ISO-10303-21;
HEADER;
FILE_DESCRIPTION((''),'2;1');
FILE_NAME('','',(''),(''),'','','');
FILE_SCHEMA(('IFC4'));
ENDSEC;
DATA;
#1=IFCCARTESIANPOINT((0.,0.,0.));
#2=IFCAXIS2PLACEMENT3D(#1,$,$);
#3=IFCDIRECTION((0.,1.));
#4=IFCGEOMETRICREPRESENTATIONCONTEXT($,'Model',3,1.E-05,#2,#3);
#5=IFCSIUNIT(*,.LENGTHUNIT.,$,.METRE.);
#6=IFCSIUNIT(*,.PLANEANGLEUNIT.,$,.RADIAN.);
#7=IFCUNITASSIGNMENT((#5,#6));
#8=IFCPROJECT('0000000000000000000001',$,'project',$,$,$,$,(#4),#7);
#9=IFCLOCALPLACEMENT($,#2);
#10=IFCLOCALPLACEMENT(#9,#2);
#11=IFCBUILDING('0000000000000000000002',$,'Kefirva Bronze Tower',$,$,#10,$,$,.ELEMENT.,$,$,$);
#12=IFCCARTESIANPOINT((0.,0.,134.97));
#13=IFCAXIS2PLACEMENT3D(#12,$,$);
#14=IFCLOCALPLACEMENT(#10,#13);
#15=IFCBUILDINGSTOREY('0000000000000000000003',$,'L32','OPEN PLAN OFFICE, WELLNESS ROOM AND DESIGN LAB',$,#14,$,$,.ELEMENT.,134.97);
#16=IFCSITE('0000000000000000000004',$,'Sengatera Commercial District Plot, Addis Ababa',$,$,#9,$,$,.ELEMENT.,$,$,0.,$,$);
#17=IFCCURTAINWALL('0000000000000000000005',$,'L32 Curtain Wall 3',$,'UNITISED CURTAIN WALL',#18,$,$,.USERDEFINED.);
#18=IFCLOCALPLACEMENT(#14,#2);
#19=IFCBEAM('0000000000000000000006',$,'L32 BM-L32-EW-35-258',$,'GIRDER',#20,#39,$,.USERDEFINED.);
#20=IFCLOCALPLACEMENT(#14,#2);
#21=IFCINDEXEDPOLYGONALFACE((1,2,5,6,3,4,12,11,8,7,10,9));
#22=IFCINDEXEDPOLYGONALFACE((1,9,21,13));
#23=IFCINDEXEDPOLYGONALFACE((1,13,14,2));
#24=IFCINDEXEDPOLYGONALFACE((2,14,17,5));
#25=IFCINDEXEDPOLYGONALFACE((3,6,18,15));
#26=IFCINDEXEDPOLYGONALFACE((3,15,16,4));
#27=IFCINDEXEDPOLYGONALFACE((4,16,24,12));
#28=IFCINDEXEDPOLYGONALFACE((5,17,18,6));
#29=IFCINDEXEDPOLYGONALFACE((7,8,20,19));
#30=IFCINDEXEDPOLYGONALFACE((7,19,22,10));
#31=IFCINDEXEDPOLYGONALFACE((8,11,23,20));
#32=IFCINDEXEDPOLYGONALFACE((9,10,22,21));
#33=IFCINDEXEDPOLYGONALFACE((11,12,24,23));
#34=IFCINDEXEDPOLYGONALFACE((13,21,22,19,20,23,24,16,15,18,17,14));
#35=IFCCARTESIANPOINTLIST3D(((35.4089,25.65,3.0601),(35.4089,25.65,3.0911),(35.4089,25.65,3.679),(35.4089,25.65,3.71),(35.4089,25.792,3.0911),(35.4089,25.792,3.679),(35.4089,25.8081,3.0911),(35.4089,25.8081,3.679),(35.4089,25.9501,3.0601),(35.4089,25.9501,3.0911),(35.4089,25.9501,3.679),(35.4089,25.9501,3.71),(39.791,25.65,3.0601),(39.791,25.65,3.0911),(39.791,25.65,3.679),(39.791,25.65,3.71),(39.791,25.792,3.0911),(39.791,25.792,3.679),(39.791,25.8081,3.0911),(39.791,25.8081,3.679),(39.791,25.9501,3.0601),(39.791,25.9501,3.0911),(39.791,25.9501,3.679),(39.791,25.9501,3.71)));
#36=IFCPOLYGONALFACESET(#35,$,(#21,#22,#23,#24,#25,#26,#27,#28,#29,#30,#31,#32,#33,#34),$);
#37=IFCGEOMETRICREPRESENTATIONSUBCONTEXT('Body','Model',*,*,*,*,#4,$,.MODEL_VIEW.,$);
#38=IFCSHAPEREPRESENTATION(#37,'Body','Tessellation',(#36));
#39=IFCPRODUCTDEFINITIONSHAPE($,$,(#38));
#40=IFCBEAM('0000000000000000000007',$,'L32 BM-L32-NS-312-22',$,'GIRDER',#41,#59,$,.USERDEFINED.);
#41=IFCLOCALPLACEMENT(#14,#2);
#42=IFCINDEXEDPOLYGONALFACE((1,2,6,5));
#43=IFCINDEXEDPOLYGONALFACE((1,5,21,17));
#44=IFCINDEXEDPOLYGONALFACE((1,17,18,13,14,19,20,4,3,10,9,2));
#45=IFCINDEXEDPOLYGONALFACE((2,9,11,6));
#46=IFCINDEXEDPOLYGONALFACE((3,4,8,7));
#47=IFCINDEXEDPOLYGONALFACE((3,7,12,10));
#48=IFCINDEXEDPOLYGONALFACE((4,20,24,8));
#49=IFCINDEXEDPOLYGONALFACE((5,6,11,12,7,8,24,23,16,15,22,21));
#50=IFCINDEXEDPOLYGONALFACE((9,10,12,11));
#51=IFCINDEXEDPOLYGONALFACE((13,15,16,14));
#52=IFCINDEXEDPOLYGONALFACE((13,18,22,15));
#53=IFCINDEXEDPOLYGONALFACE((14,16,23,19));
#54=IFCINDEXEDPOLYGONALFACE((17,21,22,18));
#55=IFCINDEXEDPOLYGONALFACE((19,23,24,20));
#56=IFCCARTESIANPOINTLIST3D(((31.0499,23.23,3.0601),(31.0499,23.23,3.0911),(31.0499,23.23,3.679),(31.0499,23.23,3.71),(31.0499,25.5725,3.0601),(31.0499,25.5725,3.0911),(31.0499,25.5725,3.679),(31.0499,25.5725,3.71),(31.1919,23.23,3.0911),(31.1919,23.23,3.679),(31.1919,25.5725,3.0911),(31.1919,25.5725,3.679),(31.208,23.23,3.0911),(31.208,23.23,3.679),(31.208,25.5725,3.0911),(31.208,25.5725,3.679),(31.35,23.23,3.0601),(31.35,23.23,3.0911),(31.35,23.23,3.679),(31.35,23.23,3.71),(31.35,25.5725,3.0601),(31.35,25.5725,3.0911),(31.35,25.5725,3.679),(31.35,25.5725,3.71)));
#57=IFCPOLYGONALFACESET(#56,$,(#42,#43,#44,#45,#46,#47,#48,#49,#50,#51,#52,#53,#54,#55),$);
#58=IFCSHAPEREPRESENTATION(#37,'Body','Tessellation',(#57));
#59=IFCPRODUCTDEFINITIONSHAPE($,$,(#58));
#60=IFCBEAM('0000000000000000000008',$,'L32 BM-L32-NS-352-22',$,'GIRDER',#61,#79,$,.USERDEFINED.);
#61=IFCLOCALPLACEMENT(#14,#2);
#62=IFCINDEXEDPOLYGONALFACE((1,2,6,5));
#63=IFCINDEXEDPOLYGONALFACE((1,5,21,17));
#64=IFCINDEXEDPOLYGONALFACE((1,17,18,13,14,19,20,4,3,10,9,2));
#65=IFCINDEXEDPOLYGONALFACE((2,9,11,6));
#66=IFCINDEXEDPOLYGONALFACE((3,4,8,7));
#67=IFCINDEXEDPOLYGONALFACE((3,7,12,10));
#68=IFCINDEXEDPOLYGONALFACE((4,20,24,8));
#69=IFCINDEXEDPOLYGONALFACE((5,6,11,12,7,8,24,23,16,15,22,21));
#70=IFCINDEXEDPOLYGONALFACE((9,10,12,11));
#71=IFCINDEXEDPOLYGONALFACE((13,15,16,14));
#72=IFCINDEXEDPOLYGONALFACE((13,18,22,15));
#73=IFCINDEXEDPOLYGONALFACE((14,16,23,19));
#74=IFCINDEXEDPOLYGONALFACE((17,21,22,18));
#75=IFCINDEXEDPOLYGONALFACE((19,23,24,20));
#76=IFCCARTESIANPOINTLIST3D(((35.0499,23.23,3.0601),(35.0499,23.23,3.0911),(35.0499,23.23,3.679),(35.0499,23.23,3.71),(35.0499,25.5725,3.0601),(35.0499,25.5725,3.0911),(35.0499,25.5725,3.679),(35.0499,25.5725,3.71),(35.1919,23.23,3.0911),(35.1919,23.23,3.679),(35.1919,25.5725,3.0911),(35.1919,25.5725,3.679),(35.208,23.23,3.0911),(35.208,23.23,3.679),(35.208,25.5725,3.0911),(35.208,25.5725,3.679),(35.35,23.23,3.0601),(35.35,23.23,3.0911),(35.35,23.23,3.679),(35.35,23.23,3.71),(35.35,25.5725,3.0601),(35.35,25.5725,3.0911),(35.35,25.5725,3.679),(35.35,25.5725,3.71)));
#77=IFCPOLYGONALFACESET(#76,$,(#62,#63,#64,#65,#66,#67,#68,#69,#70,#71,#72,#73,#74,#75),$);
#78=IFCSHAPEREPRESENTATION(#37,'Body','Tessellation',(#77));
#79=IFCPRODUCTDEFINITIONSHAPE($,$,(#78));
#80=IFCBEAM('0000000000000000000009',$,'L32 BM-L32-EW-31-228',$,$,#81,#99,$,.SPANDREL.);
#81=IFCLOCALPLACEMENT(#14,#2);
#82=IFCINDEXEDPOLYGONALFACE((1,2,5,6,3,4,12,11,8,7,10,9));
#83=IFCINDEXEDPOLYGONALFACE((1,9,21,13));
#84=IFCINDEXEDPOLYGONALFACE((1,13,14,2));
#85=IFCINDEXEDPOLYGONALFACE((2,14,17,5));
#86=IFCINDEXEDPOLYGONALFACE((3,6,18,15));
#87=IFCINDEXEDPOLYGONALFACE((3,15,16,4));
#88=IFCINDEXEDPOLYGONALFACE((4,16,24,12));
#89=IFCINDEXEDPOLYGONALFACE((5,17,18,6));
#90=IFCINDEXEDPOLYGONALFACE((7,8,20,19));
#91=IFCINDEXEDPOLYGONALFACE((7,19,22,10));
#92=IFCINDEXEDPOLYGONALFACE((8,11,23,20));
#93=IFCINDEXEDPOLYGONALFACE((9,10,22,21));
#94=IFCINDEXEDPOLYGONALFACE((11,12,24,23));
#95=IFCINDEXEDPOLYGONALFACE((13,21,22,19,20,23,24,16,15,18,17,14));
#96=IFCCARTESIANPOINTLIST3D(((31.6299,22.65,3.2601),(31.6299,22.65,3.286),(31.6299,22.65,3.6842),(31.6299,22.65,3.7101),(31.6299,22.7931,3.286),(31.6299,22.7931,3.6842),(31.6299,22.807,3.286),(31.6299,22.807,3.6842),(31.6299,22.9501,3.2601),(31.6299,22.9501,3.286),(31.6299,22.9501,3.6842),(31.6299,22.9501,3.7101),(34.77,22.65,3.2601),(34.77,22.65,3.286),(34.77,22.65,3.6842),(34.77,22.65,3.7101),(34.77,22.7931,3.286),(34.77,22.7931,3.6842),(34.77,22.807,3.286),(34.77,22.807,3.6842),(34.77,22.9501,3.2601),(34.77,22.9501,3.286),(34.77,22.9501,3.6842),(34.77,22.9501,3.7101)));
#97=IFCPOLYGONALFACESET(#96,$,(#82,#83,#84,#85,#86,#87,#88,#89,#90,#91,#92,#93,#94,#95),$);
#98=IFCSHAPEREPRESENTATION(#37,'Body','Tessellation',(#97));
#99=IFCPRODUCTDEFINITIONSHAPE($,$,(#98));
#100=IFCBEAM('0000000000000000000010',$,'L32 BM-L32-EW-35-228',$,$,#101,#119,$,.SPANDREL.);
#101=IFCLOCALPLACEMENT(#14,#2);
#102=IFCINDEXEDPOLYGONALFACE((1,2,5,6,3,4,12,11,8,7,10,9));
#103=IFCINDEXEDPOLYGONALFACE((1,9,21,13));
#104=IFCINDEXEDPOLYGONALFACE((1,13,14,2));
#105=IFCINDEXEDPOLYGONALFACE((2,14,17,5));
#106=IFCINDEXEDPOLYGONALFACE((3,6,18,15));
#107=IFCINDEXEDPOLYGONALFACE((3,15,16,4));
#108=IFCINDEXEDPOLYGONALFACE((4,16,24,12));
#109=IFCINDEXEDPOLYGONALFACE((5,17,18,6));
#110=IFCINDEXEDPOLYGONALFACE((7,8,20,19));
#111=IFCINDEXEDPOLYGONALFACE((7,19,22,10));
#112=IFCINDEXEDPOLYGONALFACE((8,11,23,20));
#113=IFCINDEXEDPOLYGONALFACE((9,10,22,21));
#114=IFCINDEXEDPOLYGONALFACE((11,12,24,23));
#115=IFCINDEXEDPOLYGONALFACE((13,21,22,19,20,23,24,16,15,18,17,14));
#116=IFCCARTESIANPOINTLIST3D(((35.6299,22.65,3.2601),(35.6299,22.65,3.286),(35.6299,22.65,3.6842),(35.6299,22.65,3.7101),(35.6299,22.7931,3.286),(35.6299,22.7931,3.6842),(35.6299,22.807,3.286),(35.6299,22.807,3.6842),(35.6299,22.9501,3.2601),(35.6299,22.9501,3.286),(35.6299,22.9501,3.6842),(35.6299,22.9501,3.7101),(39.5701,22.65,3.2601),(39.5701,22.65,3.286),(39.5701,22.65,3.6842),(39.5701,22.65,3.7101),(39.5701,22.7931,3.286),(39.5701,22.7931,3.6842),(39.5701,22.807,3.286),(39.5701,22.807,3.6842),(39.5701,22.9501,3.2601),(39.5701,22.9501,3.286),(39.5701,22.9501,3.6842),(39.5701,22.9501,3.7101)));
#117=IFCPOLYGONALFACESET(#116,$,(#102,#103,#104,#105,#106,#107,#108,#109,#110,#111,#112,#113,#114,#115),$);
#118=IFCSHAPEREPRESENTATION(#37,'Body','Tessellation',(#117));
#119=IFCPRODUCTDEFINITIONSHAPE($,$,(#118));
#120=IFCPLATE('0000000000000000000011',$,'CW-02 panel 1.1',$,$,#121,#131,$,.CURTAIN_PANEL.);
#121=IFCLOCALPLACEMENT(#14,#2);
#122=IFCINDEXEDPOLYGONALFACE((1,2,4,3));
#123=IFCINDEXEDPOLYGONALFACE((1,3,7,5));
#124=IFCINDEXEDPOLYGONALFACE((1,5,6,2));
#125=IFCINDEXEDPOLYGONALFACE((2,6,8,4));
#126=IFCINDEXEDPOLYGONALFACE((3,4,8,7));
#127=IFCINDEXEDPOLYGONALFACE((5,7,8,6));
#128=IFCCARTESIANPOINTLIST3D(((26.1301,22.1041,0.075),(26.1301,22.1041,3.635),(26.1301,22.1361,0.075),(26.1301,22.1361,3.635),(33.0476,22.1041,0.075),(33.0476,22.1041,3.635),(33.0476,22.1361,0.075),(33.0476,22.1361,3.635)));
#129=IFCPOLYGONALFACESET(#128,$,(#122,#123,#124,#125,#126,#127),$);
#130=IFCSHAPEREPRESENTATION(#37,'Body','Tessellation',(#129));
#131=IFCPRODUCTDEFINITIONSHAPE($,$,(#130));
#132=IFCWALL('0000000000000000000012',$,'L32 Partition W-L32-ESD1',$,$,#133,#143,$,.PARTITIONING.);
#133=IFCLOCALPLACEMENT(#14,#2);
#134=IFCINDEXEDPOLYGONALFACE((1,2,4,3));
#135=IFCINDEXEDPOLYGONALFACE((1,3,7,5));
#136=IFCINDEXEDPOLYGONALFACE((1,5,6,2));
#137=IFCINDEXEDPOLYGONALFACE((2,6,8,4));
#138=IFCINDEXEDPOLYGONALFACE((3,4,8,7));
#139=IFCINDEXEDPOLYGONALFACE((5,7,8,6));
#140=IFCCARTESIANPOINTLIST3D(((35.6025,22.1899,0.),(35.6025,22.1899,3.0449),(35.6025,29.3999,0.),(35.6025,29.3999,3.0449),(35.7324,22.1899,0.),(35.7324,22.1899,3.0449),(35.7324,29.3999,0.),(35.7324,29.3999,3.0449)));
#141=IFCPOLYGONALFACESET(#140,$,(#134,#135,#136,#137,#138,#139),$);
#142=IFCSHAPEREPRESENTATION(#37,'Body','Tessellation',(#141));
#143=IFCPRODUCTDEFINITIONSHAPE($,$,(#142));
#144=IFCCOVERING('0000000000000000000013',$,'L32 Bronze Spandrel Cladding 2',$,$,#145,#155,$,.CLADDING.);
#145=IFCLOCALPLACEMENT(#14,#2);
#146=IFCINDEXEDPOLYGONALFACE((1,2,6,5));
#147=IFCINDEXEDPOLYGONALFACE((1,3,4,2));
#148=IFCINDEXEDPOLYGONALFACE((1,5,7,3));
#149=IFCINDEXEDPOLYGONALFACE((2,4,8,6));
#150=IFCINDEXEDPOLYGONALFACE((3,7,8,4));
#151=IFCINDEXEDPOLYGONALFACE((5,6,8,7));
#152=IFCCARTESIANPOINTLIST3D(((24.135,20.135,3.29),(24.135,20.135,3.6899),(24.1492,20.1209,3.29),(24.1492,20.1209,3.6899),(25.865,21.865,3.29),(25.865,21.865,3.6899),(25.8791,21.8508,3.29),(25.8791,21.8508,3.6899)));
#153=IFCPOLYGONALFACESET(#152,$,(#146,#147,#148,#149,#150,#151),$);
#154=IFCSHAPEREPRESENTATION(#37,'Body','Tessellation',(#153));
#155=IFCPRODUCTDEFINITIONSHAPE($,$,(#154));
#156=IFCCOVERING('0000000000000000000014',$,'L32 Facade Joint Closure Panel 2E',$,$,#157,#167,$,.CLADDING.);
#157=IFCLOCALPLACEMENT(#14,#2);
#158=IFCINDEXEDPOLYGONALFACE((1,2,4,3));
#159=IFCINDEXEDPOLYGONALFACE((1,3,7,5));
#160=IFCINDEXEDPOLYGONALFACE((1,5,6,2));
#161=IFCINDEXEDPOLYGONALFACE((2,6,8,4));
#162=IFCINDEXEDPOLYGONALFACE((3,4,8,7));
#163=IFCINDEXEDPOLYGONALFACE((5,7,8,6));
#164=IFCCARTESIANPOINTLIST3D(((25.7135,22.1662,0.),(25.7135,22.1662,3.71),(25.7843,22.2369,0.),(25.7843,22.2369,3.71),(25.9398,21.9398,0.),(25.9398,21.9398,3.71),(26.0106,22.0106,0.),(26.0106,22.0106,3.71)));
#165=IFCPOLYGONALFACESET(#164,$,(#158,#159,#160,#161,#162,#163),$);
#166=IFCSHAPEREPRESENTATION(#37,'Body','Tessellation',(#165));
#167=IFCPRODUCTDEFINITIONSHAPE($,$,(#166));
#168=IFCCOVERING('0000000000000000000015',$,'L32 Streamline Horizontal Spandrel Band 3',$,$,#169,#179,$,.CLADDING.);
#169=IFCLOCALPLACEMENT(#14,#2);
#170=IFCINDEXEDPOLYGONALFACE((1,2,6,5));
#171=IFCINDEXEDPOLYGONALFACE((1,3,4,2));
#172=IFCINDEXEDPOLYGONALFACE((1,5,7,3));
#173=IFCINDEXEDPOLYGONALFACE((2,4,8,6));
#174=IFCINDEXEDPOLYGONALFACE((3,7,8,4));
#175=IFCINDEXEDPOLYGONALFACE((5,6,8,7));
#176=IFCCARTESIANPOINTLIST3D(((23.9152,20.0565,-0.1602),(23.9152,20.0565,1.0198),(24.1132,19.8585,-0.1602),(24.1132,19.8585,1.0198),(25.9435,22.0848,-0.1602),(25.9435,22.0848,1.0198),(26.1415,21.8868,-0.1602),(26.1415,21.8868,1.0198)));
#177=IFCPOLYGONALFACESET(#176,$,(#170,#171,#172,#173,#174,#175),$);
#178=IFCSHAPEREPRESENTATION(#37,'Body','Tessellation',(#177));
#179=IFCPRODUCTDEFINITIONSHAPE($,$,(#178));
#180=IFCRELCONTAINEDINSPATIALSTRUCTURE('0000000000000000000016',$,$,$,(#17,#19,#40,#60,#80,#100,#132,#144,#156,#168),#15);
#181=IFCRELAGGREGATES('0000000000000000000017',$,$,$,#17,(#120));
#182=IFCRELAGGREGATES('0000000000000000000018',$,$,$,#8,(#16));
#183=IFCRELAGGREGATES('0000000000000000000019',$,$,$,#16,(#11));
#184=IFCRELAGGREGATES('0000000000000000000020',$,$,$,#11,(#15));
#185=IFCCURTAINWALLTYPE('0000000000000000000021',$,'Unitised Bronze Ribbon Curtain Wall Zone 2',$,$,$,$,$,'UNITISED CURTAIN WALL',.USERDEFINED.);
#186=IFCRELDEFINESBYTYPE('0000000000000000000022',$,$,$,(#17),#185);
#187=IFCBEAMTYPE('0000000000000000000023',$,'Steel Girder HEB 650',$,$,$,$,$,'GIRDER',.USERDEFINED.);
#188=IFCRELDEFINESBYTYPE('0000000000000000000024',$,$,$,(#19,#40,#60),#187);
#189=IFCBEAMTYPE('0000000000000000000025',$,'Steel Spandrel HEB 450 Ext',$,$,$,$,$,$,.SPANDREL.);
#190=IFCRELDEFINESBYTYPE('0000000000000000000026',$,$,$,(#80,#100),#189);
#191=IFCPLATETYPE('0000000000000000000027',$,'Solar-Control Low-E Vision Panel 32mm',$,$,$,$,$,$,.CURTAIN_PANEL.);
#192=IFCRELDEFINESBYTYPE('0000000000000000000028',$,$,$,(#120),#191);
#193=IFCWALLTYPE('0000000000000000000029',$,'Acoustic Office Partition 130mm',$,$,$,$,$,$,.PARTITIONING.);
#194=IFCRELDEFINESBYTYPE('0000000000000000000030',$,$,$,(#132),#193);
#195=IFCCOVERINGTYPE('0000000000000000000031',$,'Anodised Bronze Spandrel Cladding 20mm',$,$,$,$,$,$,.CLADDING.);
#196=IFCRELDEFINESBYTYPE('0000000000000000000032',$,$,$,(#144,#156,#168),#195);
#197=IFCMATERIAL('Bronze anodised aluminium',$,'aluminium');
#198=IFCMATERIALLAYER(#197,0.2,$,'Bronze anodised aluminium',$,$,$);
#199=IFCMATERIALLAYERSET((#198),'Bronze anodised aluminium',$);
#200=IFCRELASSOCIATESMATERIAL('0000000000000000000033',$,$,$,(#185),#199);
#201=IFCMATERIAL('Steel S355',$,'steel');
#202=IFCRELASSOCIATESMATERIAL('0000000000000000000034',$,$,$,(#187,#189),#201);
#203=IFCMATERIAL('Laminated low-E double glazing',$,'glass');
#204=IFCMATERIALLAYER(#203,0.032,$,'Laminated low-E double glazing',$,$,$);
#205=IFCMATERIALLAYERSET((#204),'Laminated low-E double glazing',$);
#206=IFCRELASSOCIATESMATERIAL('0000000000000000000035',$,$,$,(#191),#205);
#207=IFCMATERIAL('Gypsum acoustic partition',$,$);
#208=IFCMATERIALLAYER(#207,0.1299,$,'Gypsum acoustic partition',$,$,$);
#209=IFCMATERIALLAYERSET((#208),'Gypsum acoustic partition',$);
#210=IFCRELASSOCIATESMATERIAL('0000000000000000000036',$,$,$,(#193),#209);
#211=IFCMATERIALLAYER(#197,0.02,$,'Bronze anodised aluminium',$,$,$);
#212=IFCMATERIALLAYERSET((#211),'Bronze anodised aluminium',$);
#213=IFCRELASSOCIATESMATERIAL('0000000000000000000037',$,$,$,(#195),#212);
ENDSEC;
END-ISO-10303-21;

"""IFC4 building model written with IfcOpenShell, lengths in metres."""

from ifc_helpers import new_model, si_unit, direction, frame, frame_2d, origin, origin_2d, place, context, subcontext, project, spatial, rectangle, i_section, extrude, material, layer, layer_set, material_profile, profile_set, type_object, element, aggregate, save


model = new_model("IFC4")

# Units and contexts
model_context = context("Model", 3, precision=1e-05, world=origin(), true_north=direction((0.0, 1.0)))
body_context = subcontext(model_context, "Body", "Model", "MODEL_VIEW")
ifc_project = project(units=[si_unit("LENGTHUNIT", "METRE"), si_unit("PLANEANGLEUNIT", "RADIAN")], contexts=[model_context])

# Site, building, storey
site_placement = place(None, origin())
site = spatial("IfcSite", under=ifc_project, at=site_placement, Name="Sengatera Commercial District Plot, Addis Ababa", CompositionType="ELEMENT", RefElevation=0.0)
building_placement = place(site_placement, origin())
building = spatial("IfcBuilding", under=site, at=building_placement, Name="Kefirva Bronze Tower", CompositionType="ELEMENT")
storey_placement = place(building_placement, frame((0.0, 0.0, 134.97)))
storey = spatial("IfcBuildingStorey", under=building, at=storey_placement, Name="L32", Description="OPEN PLAN OFFICE, WELLNESS ROOM AND DESIGN LAB", CompositionType="ELEMENT", Elevation=134.97)

# Curtain wall
ifc_material_1 = material(Name="Bronze anodised aluminium", Category="aluminium")
ifc_layer_1 = layer(ifc_material_1, 0.2, Name="Bronze anodised aluminium")
ifc_layer_set_1 = layer_set([ifc_layer_1], Name="Bronze anodised aluminium")
curtain_wall_type = type_object("IfcCurtainWallType", Name="Unitised Bronze Ribbon Curtain Wall Zone 2", ElementType="UNITISED CURTAIN WALL", PredefinedType="USERDEFINED", material=ifc_layer_set_1)
curtain_wall_placement = place(storey_placement, origin())
curtain_wall = element("IfcCurtainWall", 1, at=curtain_wall_placement, inside=storey, type_object=curtain_wall_type, Name="L32 Curtain Wall 3", ObjectType="UNITISED CURTAIN WALL", PredefinedType="USERDEFINED")

# Beams
ifc_material_2 = material(Name="Steel S355", Category="steel")
ifc_material_profile_1 = material_profile(ifc_material_2, i_section(OverallWidth=0.3, OverallDepth=0.6499, WebThickness=0.0161, FlangeThickness=0.031, at=origin_2d()), Name="HEB 650")
ifc_profile_set_1 = profile_set([ifc_material_profile_1], Name="Steel S355")
beam_type_1 = type_object("IfcBeamType", Name="Steel Girder HEB 650", ElementType="GIRDER", PredefinedType="USERDEFINED", material=ifc_profile_set_1)
beam_1_placement = place(storey_placement, frame((35.4089, 25.8, 3.385), z_axis=(1.0, 0.0, 0.0), x_axis=(0.0, 1.0, 0.0)))
element("IfcBeam", 2, at=beam_1_placement, inside=storey, type_object=beam_type_1, Name="L32 BM-L32-EW-35-258", ObjectType="GIRDER", PredefinedType="USERDEFINED", context=body_context, shape_type="SweptSolid", body=[
    extrude(i_section(OverallWidth=0.3, OverallDepth=0.6499, WebThickness=0.0161, FlangeThickness=0.031, at=origin_2d()), origin(), (0.0, 0.0, 1.0), 4.3821),
])
for number, where, z_axis, x_axis, name in (
    (3, (31.2, 23.23, 3.385), (0.0, 1.0, 0.0), (-1.0, 0.0, 0.0), "L32 BM-L32-NS-312-22"),
    (4, (35.2, 23.23, 3.385), (0.0, 1.0, 0.0), (-1.0, 0.0, 0.0), "L32 BM-L32-NS-352-22"),
):
    element("IfcBeam", number, at=place(storey_placement, frame(where, z_axis=z_axis, x_axis=x_axis)), inside=storey, type_object=beam_type_1, Name=name, ObjectType="GIRDER", PredefinedType="USERDEFINED", context=body_context, shape_type="SweptSolid", body=[
        extrude(i_section(OverallWidth=0.3, OverallDepth=0.6499, WebThickness=0.0161, FlangeThickness=0.031, at=origin_2d()), origin(), (0.0, 0.0, 1.0), 2.3425),
    ])
ifc_material_profile_2 = material_profile(ifc_material_2, i_section(OverallWidth=0.3, OverallDepth=0.45, WebThickness=0.0139, FlangeThickness=0.0259, at=origin_2d()), Name="HEB 450")
ifc_profile_set_2 = profile_set([ifc_material_profile_2], Name="Steel S355")
beam_type_2 = type_object("IfcBeamType", Name="Steel Spandrel HEB 450 Ext", PredefinedType="SPANDREL", material=ifc_profile_set_2)
beam_2_placement = place(storey_placement, frame((31.6299, 22.8, 3.4851), z_axis=(1.0, 0.0, 0.0), x_axis=(0.0, 1.0, 0.0)))
element("IfcBeam", 5, at=beam_2_placement, inside=storey, type_object=beam_type_2, Name="L32 BM-L32-EW-31-228", PredefinedType="SPANDREL", context=body_context, shape_type="SweptSolid", body=[
    extrude(i_section(OverallWidth=0.3, OverallDepth=0.45, WebThickness=0.0139, FlangeThickness=0.0259, at=origin_2d()), origin(), (0.0, 0.0, 1.0), 3.1401),
])
beam_3_placement = place(storey_placement, frame((35.6299, 22.8, 3.4851), z_axis=(1.0, 0.0, 0.0), x_axis=(0.0, 1.0, 0.0)))
element("IfcBeam", 6, at=beam_3_placement, inside=storey, type_object=beam_type_2, Name="L32 BM-L32-EW-35-228", PredefinedType="SPANDREL", context=body_context, shape_type="SweptSolid", body=[
    extrude(i_section(OverallWidth=0.3, OverallDepth=0.45, WebThickness=0.0139, FlangeThickness=0.0259, at=origin_2d()), origin(), (0.0, 0.0, 1.0), 3.9402),
])

# Plate
ifc_material_3 = material(Name="Laminated low-E double glazing", Category="glass")
ifc_layer_2 = layer(ifc_material_3, 0.032, Name="Laminated low-E double glazing")
ifc_layer_set_2 = layer_set([ifc_layer_2], Name="Laminated low-E double glazing")
plate_type = type_object("IfcPlateType", Name="Solar-Control Low-E Vision Panel 32mm", PredefinedType="CURTAIN_PANEL", material=ifc_layer_set_2)
plate_placement = place(storey_placement, frame((29.5889, 22.1201, 0.075), z_axis=(0.0, 0.0, 1.0), x_axis=(1.0, 0.0, 0.0)))
plate = element("IfcPlate", 7, at=plate_placement, type_object=plate_type, Name="CW-02 panel 1.1", PredefinedType="CURTAIN_PANEL", context=body_context, shape_type="SweptSolid", body=[
    extrude(rectangle(XDim=6.9175, YDim=0.032, at=origin_2d()), origin(), (0.0, 0.0, 1.0), 3.5601),
])
aggregate(curtain_wall, [plate])

# Wall
ifc_material_4 = material(Name="Gypsum acoustic partition")
ifc_layer_3 = layer(ifc_material_4, 0.1299, Name="Gypsum acoustic partition")
ifc_layer_set_3 = layer_set([ifc_layer_3], Name="Gypsum acoustic partition")
wall_type = type_object("IfcWallType", Name="Acoustic Office Partition 130mm", PredefinedType="PARTITIONING", material=ifc_layer_set_3)
wall_placement = place(storey_placement, frame((35.6675, 22.1899, 0.0), z_axis=(0.0, 0.0, 1.0), x_axis=(0.0, 1.0, 0.0)))
element("IfcWall", 8, at=wall_placement, inside=storey, type_object=wall_type, Name="L32 Partition W-L32-ESD1", PredefinedType="PARTITIONING", context=body_context, shape_type="SweptSolid", body=[
    extrude(rectangle(XDim=7.21, YDim=0.1299, at=frame_2d((3.605, 0.0))), origin(), (0.0, 0.0, 1.0), 3.0449),
])

# Coverings
ifc_layer_4 = layer(ifc_material_1, 0.02, Name="Bronze anodised aluminium")
ifc_layer_set_4 = layer_set([ifc_layer_4], Name="Bronze anodised aluminium")
covering_type_1 = type_object("IfcCoveringType", Name="Anodised Bronze Spandrel Cladding 20mm", PredefinedType="CLADDING", material=ifc_layer_set_4)
covering_1_placement = place(storey_placement, frame((25.0071, 20.9929, 3.29), z_axis=(0.0, 0.0, 1.0), x_axis=(0.707107, 0.707107, 0.0)))
element("IfcCovering", 9, at=covering_1_placement, inside=storey, type_object=covering_type_1, Name="L32 Bronze Spandrel Cladding 2", PredefinedType="CLADDING", context=body_context, shape_type="SweptSolid", body=[
    extrude(rectangle(XDim=2.4465, YDim=0.02, at=origin_2d()), origin(), (0.0, 0.0, 1.0), 0.3999),
])
covering_2_placement = place(storey_placement, frame((25.8621, 22.0884, 0.0), z_axis=(0.0, 0.0, 1.0), x_axis=(0.707107, 0.707107, 0.0)))
element("IfcCovering", 10, at=covering_2_placement, inside=storey, type_object=covering_type_1, Name="L32 Facade Joint Closure Panel 2E", PredefinedType="CLADDING", context=body_context, shape_type="SweptSolid", body=[
    extrude(rectangle(XDim=0.1001, YDim=0.3201, at=origin_2d()), origin(), (0.0, 0.0, 1.0), 3.71),
])
covering_3_placement = place(storey_placement, frame((25.0283, 20.9717, -0.1602), z_axis=(0.0, 0.0, 1.0), x_axis=(0.707107, 0.707107, 0.0)))
element("IfcCovering", 11, at=covering_3_placement, inside=storey, type_object=covering_type_1, Name="L32 Streamline Horizontal Spandrel Band 3", PredefinedType="CLADDING", context=body_context, shape_type="SweptSolid", body=[
    extrude(rectangle(XDim=2.8684, YDim=0.28, at=origin_2d()), origin(), (0.0, 0.0, 1.0), 1.1799),
])

save(model, "model.ifc")
